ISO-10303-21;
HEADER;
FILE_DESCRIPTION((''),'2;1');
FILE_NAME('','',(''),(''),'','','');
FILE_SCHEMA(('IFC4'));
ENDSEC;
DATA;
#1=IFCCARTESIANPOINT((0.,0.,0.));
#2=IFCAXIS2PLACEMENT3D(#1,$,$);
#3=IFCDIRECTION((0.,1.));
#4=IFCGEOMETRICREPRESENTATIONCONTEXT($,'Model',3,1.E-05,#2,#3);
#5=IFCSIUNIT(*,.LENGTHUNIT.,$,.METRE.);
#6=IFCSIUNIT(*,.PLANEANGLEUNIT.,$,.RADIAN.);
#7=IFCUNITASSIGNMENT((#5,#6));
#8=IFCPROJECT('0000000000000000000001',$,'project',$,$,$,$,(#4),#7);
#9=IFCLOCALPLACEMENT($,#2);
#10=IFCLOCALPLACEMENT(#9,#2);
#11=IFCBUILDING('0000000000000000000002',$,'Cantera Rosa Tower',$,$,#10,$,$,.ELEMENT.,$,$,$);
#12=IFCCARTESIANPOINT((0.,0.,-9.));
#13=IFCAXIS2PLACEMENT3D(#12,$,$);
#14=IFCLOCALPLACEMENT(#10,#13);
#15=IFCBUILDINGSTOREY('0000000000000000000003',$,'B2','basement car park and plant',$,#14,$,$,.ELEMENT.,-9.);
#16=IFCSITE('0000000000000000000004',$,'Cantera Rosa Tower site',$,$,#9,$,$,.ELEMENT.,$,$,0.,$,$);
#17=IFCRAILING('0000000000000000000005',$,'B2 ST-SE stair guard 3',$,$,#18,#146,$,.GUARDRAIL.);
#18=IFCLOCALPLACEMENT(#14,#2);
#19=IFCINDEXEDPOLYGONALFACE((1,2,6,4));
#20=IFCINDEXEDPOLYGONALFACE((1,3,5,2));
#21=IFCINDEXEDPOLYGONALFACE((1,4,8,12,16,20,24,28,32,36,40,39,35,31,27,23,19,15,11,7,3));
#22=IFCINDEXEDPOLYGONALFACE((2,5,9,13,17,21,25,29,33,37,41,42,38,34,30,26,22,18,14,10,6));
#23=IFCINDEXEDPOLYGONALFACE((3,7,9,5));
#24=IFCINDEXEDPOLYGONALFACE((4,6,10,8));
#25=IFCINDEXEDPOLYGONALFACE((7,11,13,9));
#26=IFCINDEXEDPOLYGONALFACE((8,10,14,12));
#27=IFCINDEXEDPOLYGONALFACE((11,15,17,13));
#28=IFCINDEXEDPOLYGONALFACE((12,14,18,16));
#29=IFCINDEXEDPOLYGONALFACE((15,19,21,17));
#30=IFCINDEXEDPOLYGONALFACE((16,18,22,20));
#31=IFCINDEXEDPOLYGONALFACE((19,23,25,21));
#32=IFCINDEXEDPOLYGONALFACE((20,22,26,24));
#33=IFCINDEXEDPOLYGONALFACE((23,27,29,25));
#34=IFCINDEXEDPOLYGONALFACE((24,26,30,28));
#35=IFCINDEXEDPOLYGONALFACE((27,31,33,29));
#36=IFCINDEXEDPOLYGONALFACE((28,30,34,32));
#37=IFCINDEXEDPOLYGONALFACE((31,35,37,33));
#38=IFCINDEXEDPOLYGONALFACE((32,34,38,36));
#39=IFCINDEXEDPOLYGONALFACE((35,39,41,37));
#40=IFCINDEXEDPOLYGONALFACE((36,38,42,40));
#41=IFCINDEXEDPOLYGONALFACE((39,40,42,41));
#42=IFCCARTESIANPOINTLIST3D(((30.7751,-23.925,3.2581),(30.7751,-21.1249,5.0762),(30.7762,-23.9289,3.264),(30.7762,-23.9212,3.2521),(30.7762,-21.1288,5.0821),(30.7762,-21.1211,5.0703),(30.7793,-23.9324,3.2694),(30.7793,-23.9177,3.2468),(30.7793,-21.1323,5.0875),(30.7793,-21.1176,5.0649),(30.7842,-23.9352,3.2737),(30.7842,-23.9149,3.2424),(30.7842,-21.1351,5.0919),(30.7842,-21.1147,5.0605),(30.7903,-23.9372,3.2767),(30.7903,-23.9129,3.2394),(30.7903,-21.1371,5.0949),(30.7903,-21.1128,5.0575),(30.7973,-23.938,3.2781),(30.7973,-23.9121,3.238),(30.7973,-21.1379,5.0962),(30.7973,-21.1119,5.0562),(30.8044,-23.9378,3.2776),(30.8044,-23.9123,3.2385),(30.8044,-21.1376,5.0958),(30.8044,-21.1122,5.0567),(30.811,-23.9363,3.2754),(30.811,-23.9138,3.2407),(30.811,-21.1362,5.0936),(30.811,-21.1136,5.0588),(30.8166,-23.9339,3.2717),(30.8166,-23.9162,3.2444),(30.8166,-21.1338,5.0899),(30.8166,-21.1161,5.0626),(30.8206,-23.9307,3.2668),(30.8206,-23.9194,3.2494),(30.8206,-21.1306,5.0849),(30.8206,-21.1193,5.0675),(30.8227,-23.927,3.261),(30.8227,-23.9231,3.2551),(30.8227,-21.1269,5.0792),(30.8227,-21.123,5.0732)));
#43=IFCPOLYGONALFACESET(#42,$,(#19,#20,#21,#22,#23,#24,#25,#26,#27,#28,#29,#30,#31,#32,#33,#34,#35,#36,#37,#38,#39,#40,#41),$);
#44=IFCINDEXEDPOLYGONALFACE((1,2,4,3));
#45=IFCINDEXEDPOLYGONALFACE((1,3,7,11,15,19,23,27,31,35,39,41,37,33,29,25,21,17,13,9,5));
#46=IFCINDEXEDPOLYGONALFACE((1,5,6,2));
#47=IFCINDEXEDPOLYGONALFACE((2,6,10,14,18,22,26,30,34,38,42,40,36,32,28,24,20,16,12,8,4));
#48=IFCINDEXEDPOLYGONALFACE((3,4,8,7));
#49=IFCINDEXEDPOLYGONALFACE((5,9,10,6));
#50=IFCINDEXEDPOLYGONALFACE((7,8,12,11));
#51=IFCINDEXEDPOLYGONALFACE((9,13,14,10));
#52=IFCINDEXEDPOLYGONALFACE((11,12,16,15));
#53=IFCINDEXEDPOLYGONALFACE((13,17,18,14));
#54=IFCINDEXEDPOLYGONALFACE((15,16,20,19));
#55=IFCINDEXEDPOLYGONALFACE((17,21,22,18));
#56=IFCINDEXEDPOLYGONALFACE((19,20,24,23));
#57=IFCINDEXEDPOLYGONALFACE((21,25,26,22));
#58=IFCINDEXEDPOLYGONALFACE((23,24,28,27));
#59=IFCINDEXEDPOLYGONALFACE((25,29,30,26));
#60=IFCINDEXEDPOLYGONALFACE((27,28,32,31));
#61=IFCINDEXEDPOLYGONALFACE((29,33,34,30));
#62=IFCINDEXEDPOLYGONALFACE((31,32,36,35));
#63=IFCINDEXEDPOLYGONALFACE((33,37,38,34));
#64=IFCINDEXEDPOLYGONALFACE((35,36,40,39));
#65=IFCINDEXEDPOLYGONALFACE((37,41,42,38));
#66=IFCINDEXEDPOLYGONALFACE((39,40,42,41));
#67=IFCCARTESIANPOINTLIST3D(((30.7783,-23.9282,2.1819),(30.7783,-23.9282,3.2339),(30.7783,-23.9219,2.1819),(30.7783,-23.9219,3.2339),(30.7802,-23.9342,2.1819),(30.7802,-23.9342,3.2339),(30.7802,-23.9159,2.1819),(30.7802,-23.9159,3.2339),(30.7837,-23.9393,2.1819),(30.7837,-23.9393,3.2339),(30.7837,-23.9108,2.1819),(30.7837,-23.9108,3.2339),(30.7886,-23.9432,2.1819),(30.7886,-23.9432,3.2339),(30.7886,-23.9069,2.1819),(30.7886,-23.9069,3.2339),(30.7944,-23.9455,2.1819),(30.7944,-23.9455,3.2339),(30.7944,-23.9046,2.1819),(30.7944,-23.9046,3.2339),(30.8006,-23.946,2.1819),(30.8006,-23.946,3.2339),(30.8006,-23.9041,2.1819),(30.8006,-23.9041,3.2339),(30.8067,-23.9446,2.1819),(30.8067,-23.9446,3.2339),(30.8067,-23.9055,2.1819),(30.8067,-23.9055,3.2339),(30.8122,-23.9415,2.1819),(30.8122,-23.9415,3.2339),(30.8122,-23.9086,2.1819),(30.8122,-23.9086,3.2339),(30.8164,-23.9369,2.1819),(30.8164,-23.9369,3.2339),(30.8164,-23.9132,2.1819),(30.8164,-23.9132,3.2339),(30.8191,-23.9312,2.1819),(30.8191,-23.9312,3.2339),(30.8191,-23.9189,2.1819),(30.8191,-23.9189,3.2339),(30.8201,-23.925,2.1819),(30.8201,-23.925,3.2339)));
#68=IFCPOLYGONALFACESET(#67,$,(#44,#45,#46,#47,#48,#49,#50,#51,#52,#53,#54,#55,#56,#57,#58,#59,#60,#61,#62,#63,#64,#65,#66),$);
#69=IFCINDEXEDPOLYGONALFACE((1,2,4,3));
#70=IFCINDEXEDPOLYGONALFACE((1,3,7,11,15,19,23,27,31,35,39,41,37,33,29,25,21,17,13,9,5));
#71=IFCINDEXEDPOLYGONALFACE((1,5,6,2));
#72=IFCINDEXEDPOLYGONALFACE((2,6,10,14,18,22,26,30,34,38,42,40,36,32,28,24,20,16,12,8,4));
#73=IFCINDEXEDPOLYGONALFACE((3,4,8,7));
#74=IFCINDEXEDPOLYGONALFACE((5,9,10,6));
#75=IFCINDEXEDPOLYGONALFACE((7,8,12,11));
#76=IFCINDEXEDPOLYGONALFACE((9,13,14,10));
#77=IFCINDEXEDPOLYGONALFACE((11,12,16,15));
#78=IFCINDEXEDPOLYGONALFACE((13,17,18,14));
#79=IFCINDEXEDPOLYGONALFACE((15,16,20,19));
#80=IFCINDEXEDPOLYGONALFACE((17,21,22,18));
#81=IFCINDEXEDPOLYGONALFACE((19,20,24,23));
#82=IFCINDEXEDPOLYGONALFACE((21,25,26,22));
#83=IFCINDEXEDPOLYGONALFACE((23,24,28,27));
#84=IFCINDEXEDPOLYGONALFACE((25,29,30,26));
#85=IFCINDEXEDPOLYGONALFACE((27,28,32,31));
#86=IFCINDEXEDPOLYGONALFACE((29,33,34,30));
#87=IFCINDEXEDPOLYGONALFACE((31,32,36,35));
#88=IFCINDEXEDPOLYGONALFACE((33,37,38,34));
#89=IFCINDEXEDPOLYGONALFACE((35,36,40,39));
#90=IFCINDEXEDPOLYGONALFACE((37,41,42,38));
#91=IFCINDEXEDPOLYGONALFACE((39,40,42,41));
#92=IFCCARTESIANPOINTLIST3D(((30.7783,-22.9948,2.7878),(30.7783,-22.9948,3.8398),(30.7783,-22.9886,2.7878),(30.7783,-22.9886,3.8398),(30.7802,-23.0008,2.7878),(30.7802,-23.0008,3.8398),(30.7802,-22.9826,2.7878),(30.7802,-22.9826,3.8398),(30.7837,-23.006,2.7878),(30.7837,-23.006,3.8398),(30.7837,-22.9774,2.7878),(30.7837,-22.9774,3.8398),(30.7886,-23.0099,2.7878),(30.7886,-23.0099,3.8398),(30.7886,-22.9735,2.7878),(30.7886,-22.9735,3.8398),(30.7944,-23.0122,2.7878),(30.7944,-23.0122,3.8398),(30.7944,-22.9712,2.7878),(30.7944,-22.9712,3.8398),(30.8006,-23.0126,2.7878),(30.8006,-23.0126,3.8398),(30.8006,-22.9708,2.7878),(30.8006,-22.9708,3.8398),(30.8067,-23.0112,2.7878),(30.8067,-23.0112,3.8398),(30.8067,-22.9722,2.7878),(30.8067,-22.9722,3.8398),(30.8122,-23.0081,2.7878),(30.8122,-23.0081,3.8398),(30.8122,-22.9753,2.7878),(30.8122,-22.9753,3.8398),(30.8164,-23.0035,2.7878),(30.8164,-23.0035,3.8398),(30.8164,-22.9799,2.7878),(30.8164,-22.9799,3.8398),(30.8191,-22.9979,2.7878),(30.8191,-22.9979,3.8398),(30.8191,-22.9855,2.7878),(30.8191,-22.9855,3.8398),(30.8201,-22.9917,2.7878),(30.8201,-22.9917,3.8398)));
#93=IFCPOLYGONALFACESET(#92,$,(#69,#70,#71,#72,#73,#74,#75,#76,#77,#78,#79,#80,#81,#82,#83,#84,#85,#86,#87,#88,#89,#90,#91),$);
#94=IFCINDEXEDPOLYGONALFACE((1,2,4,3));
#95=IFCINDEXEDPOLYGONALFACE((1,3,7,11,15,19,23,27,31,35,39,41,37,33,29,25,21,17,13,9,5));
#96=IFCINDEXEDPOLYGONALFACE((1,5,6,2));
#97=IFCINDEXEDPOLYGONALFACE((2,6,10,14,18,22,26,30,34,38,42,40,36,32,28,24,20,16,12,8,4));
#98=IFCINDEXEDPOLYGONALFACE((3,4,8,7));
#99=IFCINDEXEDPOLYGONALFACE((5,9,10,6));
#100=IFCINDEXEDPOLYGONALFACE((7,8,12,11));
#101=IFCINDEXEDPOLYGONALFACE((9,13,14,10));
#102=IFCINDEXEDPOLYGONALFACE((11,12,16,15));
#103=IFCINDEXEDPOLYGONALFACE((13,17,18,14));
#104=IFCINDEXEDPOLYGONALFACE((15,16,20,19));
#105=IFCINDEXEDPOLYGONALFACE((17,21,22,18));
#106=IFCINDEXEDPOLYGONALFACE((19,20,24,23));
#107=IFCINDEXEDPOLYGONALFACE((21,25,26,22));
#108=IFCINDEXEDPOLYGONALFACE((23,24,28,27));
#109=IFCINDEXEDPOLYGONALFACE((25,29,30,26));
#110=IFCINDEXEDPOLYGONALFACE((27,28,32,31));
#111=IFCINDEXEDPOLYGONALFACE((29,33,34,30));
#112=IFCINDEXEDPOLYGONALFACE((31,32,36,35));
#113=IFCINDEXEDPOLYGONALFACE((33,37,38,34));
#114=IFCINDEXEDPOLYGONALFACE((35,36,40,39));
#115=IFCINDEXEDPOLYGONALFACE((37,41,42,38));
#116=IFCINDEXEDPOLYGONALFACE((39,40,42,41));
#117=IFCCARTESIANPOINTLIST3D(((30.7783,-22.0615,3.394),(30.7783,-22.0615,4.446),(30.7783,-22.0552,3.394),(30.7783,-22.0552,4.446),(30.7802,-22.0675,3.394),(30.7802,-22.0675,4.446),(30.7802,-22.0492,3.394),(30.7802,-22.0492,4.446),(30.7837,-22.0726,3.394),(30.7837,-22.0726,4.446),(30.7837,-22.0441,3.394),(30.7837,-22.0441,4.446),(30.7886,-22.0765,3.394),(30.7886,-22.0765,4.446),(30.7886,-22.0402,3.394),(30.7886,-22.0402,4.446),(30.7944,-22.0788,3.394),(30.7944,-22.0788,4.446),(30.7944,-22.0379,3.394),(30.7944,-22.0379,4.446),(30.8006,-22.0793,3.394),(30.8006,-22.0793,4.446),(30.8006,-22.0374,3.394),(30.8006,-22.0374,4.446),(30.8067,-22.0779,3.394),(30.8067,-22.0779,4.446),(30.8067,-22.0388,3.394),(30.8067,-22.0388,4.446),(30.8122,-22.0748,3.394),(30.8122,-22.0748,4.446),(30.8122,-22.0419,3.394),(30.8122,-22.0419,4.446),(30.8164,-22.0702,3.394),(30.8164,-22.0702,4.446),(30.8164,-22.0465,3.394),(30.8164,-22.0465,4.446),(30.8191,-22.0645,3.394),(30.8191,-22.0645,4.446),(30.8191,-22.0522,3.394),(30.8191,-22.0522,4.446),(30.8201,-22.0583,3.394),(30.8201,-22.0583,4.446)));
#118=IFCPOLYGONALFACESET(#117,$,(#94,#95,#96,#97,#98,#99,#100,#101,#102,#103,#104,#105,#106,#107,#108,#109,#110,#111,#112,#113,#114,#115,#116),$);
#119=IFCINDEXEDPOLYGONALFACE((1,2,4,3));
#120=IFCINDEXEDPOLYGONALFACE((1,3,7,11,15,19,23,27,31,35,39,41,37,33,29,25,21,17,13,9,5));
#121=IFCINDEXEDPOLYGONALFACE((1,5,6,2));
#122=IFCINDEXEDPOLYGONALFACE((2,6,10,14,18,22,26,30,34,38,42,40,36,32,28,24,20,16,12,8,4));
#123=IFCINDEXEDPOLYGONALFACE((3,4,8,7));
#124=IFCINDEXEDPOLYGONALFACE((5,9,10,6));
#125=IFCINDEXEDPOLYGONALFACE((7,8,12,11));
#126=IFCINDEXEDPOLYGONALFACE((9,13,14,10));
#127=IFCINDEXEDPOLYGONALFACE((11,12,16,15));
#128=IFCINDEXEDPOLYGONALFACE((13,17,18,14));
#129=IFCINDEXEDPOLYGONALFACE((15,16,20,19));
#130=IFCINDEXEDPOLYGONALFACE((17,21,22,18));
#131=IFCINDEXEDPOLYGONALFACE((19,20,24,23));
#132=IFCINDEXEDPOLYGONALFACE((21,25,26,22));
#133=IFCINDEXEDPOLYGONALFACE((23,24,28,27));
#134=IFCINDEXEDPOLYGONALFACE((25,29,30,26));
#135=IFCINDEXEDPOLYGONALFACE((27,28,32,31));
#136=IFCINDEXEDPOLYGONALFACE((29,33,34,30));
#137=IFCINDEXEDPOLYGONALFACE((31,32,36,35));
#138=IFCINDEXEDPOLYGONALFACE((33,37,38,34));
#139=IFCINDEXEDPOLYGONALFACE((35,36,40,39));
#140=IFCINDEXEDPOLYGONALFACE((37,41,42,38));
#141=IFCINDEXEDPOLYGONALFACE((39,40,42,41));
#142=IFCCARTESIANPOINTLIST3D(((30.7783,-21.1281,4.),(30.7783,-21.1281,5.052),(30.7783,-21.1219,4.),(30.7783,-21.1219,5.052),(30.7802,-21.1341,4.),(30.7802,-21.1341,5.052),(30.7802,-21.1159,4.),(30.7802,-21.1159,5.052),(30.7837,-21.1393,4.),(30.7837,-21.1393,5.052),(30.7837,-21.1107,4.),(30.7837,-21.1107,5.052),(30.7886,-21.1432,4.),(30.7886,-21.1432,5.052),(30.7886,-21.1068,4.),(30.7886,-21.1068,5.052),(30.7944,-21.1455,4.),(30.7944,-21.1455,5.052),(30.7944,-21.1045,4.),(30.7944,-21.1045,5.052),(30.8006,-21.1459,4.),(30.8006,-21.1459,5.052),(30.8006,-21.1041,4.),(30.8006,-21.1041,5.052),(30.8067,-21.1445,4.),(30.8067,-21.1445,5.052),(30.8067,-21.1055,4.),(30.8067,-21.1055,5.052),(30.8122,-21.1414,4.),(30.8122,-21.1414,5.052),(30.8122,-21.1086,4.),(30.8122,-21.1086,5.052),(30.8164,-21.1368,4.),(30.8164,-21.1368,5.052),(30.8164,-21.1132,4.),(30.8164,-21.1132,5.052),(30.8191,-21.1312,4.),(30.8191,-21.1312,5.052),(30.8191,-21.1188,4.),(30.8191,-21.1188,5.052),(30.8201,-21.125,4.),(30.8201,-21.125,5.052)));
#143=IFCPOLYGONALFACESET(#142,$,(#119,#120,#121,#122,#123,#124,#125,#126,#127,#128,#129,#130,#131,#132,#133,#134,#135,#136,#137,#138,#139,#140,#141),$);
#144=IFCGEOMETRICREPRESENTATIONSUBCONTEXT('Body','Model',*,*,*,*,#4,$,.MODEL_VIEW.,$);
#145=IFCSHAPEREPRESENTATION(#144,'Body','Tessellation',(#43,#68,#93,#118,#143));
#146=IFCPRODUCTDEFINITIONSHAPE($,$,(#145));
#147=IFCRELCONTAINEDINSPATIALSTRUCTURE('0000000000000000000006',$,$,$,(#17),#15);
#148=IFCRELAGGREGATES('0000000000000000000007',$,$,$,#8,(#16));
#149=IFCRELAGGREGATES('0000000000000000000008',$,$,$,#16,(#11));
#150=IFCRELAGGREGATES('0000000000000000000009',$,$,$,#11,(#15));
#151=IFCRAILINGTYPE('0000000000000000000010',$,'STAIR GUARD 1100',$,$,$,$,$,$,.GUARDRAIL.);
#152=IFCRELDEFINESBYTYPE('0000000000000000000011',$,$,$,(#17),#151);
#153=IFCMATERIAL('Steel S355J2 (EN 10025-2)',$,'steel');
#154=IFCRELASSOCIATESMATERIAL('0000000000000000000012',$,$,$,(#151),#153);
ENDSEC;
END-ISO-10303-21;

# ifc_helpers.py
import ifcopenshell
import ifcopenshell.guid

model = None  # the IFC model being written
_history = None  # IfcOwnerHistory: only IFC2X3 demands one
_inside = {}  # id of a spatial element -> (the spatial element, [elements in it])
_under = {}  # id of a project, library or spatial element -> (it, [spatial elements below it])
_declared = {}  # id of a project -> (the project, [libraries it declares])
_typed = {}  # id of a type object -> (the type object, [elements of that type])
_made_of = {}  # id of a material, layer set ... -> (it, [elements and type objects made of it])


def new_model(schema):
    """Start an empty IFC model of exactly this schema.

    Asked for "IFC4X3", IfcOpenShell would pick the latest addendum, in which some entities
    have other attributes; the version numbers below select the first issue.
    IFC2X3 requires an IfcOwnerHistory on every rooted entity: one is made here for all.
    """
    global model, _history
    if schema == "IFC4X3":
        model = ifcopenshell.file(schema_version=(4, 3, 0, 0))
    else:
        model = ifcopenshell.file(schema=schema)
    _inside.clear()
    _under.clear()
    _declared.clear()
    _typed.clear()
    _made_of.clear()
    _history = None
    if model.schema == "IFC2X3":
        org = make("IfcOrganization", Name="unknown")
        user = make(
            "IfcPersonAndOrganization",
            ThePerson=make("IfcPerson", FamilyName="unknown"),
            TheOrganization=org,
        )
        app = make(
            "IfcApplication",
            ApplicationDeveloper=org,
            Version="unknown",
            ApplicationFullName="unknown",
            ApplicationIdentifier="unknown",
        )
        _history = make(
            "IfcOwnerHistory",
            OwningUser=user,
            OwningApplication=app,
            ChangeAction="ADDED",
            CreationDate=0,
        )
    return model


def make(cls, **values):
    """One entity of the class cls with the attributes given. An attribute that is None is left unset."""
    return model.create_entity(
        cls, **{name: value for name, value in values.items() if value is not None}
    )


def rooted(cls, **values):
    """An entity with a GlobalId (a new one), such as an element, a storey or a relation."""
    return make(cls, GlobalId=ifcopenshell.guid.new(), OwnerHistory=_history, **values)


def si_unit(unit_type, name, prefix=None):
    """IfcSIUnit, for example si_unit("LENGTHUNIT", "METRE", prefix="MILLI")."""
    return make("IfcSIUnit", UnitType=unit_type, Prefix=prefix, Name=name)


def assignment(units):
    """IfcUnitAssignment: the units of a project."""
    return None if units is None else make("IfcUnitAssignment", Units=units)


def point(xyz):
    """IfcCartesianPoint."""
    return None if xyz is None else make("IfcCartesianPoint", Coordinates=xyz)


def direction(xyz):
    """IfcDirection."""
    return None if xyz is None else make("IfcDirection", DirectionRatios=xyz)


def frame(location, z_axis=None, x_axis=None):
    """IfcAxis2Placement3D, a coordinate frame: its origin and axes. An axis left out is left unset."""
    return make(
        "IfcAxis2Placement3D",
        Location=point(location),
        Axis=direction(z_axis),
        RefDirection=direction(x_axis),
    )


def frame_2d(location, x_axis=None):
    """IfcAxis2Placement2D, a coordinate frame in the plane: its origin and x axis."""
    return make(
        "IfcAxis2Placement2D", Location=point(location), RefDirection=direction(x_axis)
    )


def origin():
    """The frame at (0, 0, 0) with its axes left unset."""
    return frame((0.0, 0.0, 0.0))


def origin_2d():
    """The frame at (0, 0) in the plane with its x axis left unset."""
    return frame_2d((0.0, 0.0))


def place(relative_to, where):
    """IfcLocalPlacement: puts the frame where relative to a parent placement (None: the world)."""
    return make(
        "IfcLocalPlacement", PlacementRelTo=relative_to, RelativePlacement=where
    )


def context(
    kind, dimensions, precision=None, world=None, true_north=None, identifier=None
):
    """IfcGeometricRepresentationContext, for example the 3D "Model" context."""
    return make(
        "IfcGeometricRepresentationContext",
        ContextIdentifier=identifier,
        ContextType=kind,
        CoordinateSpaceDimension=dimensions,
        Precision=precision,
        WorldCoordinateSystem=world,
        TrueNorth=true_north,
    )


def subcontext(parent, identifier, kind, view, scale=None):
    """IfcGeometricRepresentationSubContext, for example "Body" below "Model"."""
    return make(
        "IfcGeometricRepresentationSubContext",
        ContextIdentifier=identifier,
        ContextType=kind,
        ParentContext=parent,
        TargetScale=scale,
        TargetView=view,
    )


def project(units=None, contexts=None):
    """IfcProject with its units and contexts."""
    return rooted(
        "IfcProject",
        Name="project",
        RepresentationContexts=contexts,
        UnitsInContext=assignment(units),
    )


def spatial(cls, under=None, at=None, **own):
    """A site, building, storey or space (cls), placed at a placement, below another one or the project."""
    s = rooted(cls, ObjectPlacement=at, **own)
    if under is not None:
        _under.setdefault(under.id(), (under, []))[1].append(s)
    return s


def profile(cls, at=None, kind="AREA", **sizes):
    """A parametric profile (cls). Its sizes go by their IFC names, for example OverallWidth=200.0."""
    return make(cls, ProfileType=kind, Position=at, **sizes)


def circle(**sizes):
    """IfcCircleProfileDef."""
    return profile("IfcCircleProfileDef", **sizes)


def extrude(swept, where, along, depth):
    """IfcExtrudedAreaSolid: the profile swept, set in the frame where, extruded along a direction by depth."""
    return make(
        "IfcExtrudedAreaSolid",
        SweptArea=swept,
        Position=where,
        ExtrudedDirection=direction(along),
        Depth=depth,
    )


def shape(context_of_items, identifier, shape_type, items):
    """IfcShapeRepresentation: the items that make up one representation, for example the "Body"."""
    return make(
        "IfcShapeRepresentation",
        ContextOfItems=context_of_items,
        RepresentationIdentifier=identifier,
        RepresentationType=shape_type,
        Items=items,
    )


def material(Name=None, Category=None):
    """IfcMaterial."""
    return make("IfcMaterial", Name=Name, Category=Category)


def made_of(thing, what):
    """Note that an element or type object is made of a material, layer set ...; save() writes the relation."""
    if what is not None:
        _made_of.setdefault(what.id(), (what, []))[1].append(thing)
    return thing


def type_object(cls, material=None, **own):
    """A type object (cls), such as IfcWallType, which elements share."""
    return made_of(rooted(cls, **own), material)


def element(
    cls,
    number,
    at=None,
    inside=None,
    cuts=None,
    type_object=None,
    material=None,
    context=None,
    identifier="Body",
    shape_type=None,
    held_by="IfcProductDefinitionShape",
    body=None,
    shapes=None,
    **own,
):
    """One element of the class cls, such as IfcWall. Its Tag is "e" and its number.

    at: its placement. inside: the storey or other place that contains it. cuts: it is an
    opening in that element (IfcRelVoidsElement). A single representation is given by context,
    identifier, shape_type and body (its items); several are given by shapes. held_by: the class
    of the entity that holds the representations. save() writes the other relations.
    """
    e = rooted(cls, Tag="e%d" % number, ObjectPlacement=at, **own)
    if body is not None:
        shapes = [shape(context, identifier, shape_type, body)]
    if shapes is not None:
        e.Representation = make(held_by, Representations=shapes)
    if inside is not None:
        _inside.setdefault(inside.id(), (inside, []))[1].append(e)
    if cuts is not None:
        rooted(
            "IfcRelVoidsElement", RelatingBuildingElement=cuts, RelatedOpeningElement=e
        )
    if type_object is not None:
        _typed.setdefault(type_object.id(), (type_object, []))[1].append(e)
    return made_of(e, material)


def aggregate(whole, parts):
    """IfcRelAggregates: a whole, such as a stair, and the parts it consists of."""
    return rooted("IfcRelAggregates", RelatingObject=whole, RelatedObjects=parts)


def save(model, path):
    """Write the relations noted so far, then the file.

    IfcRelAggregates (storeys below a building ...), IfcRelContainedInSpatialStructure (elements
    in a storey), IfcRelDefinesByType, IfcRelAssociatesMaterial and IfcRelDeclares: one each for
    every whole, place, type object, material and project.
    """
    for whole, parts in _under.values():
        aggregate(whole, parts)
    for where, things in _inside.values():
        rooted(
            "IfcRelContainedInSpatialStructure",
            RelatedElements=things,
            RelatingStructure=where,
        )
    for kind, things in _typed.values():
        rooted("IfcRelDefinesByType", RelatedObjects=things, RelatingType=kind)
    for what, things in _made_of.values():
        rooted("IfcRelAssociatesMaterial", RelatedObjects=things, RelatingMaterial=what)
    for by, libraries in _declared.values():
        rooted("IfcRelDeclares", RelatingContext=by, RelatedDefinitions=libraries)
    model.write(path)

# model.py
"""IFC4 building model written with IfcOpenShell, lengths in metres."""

from ifc_helpers import new_model, si_unit, direction, frame, origin, origin_2d, place, context, subcontext, project, spatial, circle, extrude, material, type_object, element, save


model = new_model("IFC4")

# Units and contexts
model_context = context("Model", 3, precision=1e-05, world=origin(), true_north=direction((0.0, 1.0)))
body_context = subcontext(model_context, "Body", "Model", "MODEL_VIEW")
ifc_project = project(units=[si_unit("LENGTHUNIT", "METRE"), si_unit("PLANEANGLEUNIT", "RADIAN")], contexts=[model_context])

# Site, building, storey
site_placement = place(None, origin())
site = spatial("IfcSite", under=ifc_project, at=site_placement, Name="Cantera Rosa Tower site", CompositionType="ELEMENT", RefElevation=0.0)
building_placement = place(site_placement, origin())
building = spatial("IfcBuilding", under=site, at=building_placement, Name="Cantera Rosa Tower", CompositionType="ELEMENT")
storey_placement = place(building_placement, frame((0.0, 0.0, -9.0)))
storey = spatial("IfcBuildingStorey", under=building, at=storey_placement, Name="B2", Description="basement car park and plant", CompositionType="ELEMENT", Elevation=-9.0)

# Railing
ifc_material_1 = material(Name="Steel S355J2 (EN 10025-2)", Category="steel")
railing_type_1 = type_object("IfcRailingType", Name="STAIR GUARD 1100", PredefinedType="GUARDRAIL", material=ifc_material_1)
railing_1_placement = place(storey_placement, frame((30.7991, -23.925, 2.1819)))
element("IfcRailing", 1, at=railing_1_placement, inside=storey, type_object=railing_type_1, Name="B2 ST-SE stair guard 3", PredefinedType="GUARDRAIL", context=body_context, shape_type="SweptSolid", body=[
    extrude(circle(Radius=0.0239, at=origin_2d()), frame((0.0, 0.0, 1.0762), z_axis=(0.0, 0.838706, 0.544585), x_axis=(-1.0, 0.0, 0.0)), (0.0, 0.0, 1.0), 3.3386),
    extrude(circle(Radius=0.021, at=origin_2d()), origin(), (0.0, 0.0, 1.0), 1.052),
    extrude(circle(Radius=0.021, at=origin_2d()), frame((0.0, 0.9333, 0.606)), (0.0, 0.0, 1.0), 1.052),
    extrude(circle(Radius=0.021, at=origin_2d()), frame((0.0, 1.8667, 1.2122)), (0.0, 0.0, 1.0), 1.052),
    extrude(circle(Radius=0.021, at=origin_2d()), frame((0.0, 2.8, 1.8181)), (0.0, 0.0, 1.0), 1.052),
])

save(model, "model.ifc")
